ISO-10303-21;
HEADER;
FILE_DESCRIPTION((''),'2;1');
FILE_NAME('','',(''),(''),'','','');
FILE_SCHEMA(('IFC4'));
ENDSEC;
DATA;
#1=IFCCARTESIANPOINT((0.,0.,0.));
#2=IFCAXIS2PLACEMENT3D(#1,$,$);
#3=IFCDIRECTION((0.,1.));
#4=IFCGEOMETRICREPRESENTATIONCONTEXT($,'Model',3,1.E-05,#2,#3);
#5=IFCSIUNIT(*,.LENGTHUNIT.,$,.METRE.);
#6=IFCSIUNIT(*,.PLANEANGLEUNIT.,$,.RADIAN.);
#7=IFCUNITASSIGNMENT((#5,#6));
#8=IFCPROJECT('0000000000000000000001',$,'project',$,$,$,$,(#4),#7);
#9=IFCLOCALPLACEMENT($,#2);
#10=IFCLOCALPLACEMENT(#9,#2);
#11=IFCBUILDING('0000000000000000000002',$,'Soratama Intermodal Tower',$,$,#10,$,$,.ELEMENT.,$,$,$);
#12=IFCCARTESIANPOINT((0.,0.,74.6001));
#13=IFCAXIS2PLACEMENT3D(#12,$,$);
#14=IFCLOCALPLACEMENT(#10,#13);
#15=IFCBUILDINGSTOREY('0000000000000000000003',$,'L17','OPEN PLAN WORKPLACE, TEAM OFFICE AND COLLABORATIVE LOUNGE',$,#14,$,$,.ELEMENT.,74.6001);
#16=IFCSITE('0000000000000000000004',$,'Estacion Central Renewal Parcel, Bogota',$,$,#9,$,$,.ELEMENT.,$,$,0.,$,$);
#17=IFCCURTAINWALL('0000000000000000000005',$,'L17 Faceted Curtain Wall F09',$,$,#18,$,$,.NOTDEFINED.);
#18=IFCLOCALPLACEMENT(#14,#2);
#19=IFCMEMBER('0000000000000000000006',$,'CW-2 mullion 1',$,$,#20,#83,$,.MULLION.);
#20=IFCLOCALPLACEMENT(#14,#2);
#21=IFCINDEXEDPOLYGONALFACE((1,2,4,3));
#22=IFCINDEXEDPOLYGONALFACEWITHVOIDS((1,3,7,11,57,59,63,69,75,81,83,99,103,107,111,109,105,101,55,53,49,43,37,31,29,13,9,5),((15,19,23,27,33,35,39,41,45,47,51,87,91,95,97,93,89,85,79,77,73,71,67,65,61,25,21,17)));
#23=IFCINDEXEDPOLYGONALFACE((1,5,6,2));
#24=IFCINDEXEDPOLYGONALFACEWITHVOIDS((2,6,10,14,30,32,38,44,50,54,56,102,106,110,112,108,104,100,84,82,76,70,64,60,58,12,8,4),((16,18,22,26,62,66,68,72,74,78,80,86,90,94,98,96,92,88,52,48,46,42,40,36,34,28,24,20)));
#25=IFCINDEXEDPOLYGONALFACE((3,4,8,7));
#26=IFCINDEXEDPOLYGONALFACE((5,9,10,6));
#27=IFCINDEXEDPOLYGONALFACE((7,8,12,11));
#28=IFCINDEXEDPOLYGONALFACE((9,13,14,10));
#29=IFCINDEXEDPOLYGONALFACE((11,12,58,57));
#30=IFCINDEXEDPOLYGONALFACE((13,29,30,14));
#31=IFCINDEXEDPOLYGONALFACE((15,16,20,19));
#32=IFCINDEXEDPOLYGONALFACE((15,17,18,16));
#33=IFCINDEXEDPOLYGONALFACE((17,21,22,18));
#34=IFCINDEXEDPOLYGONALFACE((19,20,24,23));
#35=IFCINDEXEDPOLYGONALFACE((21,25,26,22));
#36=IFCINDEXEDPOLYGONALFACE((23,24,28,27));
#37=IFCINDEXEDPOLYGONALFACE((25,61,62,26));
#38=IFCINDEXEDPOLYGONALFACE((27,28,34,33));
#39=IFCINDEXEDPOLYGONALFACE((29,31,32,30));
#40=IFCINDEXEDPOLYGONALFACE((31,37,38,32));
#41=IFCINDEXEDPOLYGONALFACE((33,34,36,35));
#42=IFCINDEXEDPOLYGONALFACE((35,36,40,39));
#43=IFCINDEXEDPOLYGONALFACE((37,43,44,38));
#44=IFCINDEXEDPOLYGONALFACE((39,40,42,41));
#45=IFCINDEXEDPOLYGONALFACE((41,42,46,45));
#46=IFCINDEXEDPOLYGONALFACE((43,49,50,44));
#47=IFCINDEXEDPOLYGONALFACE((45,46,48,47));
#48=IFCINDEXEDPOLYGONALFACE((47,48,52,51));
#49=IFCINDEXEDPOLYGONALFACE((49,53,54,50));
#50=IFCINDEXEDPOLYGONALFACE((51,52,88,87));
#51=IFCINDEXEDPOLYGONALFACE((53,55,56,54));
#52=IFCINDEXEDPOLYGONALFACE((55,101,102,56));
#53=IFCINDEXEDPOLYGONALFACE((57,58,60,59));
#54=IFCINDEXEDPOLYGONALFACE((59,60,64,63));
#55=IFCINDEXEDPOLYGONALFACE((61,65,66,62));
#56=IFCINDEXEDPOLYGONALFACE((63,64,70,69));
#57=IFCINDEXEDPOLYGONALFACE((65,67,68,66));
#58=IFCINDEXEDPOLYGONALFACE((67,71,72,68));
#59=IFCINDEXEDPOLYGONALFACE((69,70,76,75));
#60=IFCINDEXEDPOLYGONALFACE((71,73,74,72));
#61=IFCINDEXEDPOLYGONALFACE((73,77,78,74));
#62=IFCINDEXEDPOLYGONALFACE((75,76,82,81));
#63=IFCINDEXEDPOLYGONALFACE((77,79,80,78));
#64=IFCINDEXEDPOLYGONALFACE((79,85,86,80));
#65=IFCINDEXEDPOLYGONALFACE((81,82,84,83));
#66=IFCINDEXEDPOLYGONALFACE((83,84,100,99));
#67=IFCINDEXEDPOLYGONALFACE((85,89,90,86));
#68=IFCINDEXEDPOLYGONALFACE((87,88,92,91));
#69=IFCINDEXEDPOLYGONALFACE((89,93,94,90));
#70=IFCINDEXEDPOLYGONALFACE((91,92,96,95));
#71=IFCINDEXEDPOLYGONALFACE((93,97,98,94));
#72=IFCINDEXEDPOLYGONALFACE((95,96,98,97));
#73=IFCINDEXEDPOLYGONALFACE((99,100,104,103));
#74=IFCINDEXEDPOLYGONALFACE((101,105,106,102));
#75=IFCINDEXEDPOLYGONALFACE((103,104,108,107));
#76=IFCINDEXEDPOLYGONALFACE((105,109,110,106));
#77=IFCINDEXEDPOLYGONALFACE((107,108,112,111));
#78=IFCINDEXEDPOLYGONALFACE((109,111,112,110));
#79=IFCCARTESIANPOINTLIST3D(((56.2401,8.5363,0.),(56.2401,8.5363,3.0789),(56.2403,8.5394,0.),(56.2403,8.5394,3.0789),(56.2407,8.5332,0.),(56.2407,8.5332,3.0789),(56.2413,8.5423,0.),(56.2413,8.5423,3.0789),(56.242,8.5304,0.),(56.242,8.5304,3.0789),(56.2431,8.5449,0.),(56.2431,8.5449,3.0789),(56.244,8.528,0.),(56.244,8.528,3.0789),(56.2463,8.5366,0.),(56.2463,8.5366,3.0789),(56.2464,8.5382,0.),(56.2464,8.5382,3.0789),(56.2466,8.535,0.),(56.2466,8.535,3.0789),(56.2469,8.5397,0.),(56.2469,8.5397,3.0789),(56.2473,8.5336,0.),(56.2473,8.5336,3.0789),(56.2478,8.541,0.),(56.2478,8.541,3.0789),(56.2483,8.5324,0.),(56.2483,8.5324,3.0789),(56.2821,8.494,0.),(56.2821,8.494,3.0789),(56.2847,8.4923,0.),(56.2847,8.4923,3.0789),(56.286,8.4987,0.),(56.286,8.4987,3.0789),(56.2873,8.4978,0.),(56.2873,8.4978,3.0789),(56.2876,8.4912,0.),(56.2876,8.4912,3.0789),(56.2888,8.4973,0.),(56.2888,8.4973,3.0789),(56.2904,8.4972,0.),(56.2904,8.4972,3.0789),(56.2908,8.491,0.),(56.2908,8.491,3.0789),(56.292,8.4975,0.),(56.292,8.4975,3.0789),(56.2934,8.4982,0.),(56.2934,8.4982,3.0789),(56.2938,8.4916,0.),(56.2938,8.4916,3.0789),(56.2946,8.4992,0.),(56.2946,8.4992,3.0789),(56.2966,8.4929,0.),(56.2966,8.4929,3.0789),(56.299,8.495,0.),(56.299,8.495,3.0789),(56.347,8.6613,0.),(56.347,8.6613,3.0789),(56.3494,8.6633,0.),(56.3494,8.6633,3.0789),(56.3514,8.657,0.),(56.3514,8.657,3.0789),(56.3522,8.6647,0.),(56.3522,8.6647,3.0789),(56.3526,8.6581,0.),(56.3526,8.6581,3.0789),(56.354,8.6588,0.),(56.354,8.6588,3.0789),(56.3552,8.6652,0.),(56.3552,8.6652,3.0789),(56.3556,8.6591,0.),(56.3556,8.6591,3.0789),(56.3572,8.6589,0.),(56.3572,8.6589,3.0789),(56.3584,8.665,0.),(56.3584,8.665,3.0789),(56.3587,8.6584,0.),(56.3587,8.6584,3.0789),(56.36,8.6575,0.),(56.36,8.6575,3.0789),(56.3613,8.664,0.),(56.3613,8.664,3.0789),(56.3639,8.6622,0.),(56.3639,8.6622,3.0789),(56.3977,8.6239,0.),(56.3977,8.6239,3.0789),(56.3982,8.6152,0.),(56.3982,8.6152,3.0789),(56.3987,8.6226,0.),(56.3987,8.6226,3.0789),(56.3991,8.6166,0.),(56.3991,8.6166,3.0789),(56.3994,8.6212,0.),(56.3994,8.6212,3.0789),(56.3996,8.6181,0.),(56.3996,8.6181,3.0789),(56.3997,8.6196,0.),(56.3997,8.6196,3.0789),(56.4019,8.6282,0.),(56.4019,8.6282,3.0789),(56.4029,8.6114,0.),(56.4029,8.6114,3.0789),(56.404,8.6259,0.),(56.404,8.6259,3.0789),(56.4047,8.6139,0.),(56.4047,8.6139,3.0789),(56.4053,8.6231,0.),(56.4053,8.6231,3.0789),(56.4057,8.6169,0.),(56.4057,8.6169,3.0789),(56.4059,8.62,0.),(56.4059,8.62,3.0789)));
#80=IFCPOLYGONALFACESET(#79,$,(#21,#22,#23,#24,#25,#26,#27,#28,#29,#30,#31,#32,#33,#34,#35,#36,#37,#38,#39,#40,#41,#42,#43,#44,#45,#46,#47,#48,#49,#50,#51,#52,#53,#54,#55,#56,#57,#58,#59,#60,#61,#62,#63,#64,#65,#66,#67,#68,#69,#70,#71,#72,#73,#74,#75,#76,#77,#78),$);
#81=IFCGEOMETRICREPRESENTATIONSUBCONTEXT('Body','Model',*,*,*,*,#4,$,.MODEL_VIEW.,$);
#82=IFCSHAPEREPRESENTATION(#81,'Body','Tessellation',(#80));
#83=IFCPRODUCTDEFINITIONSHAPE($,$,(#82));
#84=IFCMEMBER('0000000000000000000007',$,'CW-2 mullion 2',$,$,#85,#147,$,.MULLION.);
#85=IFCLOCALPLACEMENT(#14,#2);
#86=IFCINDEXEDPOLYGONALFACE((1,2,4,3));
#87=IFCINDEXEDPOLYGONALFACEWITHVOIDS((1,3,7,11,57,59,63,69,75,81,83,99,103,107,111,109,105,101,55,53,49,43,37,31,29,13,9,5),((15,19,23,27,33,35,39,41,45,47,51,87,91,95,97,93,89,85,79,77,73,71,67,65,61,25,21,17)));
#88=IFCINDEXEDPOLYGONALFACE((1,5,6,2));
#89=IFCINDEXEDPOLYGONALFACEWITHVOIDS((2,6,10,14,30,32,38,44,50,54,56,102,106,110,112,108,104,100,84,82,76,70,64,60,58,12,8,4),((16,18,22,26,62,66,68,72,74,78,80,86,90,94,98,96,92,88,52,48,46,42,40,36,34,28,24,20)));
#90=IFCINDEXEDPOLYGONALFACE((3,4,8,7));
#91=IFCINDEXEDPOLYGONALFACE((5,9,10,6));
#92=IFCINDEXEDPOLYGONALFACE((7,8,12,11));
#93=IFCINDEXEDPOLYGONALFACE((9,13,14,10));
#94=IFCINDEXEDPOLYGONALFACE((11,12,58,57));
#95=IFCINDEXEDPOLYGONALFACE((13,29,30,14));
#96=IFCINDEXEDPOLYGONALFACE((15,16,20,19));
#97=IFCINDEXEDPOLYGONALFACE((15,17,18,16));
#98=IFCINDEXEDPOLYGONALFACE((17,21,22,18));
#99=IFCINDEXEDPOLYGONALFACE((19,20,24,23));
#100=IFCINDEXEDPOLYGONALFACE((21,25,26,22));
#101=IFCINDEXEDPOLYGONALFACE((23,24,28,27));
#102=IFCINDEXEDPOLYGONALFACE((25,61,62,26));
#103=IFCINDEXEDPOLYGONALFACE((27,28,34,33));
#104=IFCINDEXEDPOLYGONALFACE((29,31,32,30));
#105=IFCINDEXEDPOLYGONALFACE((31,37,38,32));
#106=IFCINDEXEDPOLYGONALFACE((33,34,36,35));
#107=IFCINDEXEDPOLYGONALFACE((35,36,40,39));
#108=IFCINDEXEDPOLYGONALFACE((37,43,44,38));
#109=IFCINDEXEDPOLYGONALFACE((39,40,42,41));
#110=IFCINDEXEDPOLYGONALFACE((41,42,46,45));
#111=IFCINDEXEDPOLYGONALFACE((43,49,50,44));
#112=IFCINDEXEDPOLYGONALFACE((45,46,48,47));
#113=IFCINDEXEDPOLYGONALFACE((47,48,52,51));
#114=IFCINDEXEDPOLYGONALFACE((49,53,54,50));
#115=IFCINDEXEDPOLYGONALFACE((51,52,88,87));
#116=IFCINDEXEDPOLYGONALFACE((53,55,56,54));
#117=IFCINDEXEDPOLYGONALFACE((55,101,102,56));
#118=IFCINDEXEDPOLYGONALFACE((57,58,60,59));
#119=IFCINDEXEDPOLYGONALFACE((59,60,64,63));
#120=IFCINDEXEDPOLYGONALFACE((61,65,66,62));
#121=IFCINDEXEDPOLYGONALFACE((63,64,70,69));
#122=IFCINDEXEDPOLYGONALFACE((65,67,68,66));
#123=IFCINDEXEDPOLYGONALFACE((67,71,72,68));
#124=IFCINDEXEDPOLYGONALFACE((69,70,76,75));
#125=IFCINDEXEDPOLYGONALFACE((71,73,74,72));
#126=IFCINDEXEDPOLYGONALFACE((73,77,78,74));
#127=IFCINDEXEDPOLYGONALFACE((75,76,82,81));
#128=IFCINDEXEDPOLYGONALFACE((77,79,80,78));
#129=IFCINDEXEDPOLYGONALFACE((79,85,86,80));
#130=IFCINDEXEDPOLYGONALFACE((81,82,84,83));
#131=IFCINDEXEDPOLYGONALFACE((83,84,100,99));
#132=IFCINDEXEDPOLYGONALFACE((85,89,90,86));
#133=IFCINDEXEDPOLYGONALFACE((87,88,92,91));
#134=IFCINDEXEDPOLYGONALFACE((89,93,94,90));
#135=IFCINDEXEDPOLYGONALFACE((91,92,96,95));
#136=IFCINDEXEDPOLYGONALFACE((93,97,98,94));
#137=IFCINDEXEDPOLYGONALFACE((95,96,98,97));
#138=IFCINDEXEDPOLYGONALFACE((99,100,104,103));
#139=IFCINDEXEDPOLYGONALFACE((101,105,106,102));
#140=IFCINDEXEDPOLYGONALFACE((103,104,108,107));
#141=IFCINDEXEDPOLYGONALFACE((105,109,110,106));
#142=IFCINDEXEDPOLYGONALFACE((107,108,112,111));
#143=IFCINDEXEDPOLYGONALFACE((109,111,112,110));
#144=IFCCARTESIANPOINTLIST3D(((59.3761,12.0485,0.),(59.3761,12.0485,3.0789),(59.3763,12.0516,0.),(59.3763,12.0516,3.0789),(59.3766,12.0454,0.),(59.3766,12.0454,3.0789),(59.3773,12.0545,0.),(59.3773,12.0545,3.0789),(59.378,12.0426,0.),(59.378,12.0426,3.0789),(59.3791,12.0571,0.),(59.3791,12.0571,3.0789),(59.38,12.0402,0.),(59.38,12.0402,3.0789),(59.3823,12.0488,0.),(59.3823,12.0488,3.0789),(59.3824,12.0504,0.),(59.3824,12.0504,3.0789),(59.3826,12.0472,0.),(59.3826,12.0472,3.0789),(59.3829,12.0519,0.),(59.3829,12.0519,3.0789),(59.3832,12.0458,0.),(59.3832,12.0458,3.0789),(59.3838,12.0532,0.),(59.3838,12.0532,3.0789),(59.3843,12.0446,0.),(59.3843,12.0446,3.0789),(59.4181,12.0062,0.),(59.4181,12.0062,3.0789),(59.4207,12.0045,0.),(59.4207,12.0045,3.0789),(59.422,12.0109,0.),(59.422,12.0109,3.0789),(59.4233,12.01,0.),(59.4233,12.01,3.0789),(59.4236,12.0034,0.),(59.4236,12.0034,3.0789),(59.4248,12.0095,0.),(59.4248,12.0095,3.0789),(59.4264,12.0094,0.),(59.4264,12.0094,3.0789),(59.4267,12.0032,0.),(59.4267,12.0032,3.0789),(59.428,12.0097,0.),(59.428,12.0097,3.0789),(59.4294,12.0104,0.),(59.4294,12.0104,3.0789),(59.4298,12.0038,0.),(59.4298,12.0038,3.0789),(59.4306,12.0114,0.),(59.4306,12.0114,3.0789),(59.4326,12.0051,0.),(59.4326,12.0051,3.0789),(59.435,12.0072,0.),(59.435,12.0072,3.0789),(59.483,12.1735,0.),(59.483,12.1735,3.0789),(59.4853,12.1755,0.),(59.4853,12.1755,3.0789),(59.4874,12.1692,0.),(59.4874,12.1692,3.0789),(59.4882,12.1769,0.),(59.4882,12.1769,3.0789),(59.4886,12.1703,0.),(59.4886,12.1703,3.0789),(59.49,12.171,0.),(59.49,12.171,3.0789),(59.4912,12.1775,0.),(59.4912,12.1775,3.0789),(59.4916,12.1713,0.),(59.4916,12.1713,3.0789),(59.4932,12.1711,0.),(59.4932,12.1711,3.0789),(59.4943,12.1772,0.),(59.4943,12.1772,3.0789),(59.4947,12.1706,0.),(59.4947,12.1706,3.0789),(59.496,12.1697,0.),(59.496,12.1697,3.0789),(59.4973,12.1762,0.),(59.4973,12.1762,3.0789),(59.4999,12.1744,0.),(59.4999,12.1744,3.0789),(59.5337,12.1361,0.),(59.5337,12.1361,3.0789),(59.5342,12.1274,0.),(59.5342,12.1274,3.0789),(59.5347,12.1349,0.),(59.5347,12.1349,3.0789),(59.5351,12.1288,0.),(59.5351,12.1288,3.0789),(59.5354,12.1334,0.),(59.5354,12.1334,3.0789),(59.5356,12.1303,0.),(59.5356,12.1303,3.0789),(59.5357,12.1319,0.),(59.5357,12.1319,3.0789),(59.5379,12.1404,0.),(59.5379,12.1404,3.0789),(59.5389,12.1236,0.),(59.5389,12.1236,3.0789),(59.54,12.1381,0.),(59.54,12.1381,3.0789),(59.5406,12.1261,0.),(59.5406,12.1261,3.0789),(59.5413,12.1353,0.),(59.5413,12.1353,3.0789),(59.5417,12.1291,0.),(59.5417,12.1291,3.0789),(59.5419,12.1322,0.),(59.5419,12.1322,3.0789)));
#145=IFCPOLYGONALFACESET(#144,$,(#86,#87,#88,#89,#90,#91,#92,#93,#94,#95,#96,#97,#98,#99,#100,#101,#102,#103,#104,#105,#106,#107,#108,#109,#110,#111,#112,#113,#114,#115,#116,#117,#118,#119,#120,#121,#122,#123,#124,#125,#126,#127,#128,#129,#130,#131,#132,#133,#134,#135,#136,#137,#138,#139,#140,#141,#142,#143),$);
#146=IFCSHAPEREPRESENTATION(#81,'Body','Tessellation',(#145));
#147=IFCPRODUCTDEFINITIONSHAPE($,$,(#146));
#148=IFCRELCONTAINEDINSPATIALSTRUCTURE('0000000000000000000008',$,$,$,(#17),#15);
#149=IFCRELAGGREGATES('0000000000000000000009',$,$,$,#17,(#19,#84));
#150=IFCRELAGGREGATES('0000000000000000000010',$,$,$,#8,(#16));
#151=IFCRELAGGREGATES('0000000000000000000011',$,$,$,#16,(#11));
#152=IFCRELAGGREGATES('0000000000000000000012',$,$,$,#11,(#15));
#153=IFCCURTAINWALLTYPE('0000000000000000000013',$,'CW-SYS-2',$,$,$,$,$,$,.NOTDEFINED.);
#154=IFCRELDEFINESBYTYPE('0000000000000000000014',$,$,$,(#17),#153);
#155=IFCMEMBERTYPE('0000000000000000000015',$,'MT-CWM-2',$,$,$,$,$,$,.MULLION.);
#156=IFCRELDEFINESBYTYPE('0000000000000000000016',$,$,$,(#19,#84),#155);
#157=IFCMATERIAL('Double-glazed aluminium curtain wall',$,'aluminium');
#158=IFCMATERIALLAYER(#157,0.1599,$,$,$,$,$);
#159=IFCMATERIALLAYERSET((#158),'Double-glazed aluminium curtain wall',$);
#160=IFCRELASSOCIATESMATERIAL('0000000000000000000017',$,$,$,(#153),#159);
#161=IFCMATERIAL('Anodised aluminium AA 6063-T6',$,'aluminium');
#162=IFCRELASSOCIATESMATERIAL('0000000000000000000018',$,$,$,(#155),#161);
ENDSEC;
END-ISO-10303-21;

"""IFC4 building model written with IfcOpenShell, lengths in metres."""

from ifc_helpers import new_model, si_unit, direction, frame, origin, origin_2d, place, context, subcontext, project, spatial, hollow_rectangle, extrude, material, layer, layer_set, material_profile, profile_set, type_object, element, aggregate, save


model = new_model("IFC4")

# Units and contexts
model_context = context("Model", 3, precision=1e-05, world=origin(), true_north=direction((0.0, 1.0)))
body_context = subcontext(model_context, "Body", "Model", "MODEL_VIEW")
ifc_project = project(units=[si_unit("LENGTHUNIT", "METRE"), si_unit("PLANEANGLEUNIT", "RADIAN")], contexts=[model_context])

# Site, building, storey
site_placement = place(None, origin())
site = spatial("IfcSite", under=ifc_project, at=site_placement, Name="Estacion Central Renewal Parcel, Bogota", CompositionType="ELEMENT", RefElevation=0.0)
building_placement = place(site_placement, origin())
building = spatial("IfcBuilding", under=site, at=building_placement, Name="Soratama Intermodal Tower", CompositionType="ELEMENT")
storey_placement = place(building_placement, frame((0.0, 0.0, 74.6001)))
storey = spatial("IfcBuildingStorey", under=building, at=storey_placement, Name="L17", Description="OPEN PLAN WORKPLACE, TEAM OFFICE AND COLLABORATIVE LOUNGE", CompositionType="ELEMENT", Elevation=74.6001)

# Curtain wall, members
ifc_material_1 = material(Name="Double-glazed aluminium curtain wall", Category="aluminium")
ifc_layer_1 = layer(ifc_material_1, 0.1599)
ifc_layer_set_1 = layer_set([ifc_layer_1], Name="Double-glazed aluminium curtain wall")
curtain_wall_type = type_object("IfcCurtainWallType", Name="CW-SYS-2", PredefinedType="NOTDEFINED", material=ifc_layer_set_1)
curtain_wall_placement = place(storey_placement, origin())
curtain_wall = element("IfcCurtainWall", 1, at=curtain_wall_placement, inside=storey, type_object=curtain_wall_type, Name="L17 Faceted Curtain Wall F09", PredefinedType="NOTDEFINED")
ifc_material_2 = material(Name="Anodised aluminium AA 6063-T6", Category="aluminium")
ifc_material_profile_1 = material_profile(ifc_material_2, hollow_rectangle(XDim=0.075, YDim=0.1799, WallThickness=0.0061, InnerFilletRadius=0.0061, OuterFilletRadius=0.012, at=origin_2d()), Name="CWM180X75X6")
ifc_profile_set_1 = profile_set([ifc_material_profile_1], Name="Anodised aluminium AA 6063-T6")
member_type_1 = type_object("IfcMemberType", Name="MT-CWM-2", PredefinedType="MULLION", material=ifc_profile_set_1)
member_1_placement = place(storey_placement, frame((56.323, 8.5781, 0.0), z_axis=(0.0, 0.0, 1.0), x_axis=(-0.745937, 0.666017, 0.0)))
member_1 = element("IfcMember", 2, at=member_1_placement, type_object=member_type_1, Name="CW-2 mullion 1", PredefinedType="MULLION", context=body_context, shape_type="SweptSolid", body=[
    extrude(hollow_rectangle(XDim=0.075, YDim=0.1799, WallThickness=0.0061, InnerFilletRadius=0.0061, OuterFilletRadius=0.012, at=origin_2d()), origin(), (0.0, 0.0, 1.0), 3.0789),
])
member_2_placement = place(storey_placement, frame((59.459, 12.0903, 0.0), z_axis=(0.0, 0.0, 1.0), x_axis=(-0.745937, 0.666017, 0.0)))
member_2 = element("IfcMember", 3, at=member_2_placement, type_object=member_type_1, Name="CW-2 mullion 2", PredefinedType="MULLION", context=body_context, shape_type="SweptSolid", body=[
    extrude(hollow_rectangle(XDim=0.075, YDim=0.1799, WallThickness=0.0061, InnerFilletRadius=0.0061, OuterFilletRadius=0.012, at=origin_2d()), origin(), (0.0, 0.0, 1.0), 3.0789),
])
aggregate(curtain_wall, [member_1, member_2])

save(model, "model.ifc")
